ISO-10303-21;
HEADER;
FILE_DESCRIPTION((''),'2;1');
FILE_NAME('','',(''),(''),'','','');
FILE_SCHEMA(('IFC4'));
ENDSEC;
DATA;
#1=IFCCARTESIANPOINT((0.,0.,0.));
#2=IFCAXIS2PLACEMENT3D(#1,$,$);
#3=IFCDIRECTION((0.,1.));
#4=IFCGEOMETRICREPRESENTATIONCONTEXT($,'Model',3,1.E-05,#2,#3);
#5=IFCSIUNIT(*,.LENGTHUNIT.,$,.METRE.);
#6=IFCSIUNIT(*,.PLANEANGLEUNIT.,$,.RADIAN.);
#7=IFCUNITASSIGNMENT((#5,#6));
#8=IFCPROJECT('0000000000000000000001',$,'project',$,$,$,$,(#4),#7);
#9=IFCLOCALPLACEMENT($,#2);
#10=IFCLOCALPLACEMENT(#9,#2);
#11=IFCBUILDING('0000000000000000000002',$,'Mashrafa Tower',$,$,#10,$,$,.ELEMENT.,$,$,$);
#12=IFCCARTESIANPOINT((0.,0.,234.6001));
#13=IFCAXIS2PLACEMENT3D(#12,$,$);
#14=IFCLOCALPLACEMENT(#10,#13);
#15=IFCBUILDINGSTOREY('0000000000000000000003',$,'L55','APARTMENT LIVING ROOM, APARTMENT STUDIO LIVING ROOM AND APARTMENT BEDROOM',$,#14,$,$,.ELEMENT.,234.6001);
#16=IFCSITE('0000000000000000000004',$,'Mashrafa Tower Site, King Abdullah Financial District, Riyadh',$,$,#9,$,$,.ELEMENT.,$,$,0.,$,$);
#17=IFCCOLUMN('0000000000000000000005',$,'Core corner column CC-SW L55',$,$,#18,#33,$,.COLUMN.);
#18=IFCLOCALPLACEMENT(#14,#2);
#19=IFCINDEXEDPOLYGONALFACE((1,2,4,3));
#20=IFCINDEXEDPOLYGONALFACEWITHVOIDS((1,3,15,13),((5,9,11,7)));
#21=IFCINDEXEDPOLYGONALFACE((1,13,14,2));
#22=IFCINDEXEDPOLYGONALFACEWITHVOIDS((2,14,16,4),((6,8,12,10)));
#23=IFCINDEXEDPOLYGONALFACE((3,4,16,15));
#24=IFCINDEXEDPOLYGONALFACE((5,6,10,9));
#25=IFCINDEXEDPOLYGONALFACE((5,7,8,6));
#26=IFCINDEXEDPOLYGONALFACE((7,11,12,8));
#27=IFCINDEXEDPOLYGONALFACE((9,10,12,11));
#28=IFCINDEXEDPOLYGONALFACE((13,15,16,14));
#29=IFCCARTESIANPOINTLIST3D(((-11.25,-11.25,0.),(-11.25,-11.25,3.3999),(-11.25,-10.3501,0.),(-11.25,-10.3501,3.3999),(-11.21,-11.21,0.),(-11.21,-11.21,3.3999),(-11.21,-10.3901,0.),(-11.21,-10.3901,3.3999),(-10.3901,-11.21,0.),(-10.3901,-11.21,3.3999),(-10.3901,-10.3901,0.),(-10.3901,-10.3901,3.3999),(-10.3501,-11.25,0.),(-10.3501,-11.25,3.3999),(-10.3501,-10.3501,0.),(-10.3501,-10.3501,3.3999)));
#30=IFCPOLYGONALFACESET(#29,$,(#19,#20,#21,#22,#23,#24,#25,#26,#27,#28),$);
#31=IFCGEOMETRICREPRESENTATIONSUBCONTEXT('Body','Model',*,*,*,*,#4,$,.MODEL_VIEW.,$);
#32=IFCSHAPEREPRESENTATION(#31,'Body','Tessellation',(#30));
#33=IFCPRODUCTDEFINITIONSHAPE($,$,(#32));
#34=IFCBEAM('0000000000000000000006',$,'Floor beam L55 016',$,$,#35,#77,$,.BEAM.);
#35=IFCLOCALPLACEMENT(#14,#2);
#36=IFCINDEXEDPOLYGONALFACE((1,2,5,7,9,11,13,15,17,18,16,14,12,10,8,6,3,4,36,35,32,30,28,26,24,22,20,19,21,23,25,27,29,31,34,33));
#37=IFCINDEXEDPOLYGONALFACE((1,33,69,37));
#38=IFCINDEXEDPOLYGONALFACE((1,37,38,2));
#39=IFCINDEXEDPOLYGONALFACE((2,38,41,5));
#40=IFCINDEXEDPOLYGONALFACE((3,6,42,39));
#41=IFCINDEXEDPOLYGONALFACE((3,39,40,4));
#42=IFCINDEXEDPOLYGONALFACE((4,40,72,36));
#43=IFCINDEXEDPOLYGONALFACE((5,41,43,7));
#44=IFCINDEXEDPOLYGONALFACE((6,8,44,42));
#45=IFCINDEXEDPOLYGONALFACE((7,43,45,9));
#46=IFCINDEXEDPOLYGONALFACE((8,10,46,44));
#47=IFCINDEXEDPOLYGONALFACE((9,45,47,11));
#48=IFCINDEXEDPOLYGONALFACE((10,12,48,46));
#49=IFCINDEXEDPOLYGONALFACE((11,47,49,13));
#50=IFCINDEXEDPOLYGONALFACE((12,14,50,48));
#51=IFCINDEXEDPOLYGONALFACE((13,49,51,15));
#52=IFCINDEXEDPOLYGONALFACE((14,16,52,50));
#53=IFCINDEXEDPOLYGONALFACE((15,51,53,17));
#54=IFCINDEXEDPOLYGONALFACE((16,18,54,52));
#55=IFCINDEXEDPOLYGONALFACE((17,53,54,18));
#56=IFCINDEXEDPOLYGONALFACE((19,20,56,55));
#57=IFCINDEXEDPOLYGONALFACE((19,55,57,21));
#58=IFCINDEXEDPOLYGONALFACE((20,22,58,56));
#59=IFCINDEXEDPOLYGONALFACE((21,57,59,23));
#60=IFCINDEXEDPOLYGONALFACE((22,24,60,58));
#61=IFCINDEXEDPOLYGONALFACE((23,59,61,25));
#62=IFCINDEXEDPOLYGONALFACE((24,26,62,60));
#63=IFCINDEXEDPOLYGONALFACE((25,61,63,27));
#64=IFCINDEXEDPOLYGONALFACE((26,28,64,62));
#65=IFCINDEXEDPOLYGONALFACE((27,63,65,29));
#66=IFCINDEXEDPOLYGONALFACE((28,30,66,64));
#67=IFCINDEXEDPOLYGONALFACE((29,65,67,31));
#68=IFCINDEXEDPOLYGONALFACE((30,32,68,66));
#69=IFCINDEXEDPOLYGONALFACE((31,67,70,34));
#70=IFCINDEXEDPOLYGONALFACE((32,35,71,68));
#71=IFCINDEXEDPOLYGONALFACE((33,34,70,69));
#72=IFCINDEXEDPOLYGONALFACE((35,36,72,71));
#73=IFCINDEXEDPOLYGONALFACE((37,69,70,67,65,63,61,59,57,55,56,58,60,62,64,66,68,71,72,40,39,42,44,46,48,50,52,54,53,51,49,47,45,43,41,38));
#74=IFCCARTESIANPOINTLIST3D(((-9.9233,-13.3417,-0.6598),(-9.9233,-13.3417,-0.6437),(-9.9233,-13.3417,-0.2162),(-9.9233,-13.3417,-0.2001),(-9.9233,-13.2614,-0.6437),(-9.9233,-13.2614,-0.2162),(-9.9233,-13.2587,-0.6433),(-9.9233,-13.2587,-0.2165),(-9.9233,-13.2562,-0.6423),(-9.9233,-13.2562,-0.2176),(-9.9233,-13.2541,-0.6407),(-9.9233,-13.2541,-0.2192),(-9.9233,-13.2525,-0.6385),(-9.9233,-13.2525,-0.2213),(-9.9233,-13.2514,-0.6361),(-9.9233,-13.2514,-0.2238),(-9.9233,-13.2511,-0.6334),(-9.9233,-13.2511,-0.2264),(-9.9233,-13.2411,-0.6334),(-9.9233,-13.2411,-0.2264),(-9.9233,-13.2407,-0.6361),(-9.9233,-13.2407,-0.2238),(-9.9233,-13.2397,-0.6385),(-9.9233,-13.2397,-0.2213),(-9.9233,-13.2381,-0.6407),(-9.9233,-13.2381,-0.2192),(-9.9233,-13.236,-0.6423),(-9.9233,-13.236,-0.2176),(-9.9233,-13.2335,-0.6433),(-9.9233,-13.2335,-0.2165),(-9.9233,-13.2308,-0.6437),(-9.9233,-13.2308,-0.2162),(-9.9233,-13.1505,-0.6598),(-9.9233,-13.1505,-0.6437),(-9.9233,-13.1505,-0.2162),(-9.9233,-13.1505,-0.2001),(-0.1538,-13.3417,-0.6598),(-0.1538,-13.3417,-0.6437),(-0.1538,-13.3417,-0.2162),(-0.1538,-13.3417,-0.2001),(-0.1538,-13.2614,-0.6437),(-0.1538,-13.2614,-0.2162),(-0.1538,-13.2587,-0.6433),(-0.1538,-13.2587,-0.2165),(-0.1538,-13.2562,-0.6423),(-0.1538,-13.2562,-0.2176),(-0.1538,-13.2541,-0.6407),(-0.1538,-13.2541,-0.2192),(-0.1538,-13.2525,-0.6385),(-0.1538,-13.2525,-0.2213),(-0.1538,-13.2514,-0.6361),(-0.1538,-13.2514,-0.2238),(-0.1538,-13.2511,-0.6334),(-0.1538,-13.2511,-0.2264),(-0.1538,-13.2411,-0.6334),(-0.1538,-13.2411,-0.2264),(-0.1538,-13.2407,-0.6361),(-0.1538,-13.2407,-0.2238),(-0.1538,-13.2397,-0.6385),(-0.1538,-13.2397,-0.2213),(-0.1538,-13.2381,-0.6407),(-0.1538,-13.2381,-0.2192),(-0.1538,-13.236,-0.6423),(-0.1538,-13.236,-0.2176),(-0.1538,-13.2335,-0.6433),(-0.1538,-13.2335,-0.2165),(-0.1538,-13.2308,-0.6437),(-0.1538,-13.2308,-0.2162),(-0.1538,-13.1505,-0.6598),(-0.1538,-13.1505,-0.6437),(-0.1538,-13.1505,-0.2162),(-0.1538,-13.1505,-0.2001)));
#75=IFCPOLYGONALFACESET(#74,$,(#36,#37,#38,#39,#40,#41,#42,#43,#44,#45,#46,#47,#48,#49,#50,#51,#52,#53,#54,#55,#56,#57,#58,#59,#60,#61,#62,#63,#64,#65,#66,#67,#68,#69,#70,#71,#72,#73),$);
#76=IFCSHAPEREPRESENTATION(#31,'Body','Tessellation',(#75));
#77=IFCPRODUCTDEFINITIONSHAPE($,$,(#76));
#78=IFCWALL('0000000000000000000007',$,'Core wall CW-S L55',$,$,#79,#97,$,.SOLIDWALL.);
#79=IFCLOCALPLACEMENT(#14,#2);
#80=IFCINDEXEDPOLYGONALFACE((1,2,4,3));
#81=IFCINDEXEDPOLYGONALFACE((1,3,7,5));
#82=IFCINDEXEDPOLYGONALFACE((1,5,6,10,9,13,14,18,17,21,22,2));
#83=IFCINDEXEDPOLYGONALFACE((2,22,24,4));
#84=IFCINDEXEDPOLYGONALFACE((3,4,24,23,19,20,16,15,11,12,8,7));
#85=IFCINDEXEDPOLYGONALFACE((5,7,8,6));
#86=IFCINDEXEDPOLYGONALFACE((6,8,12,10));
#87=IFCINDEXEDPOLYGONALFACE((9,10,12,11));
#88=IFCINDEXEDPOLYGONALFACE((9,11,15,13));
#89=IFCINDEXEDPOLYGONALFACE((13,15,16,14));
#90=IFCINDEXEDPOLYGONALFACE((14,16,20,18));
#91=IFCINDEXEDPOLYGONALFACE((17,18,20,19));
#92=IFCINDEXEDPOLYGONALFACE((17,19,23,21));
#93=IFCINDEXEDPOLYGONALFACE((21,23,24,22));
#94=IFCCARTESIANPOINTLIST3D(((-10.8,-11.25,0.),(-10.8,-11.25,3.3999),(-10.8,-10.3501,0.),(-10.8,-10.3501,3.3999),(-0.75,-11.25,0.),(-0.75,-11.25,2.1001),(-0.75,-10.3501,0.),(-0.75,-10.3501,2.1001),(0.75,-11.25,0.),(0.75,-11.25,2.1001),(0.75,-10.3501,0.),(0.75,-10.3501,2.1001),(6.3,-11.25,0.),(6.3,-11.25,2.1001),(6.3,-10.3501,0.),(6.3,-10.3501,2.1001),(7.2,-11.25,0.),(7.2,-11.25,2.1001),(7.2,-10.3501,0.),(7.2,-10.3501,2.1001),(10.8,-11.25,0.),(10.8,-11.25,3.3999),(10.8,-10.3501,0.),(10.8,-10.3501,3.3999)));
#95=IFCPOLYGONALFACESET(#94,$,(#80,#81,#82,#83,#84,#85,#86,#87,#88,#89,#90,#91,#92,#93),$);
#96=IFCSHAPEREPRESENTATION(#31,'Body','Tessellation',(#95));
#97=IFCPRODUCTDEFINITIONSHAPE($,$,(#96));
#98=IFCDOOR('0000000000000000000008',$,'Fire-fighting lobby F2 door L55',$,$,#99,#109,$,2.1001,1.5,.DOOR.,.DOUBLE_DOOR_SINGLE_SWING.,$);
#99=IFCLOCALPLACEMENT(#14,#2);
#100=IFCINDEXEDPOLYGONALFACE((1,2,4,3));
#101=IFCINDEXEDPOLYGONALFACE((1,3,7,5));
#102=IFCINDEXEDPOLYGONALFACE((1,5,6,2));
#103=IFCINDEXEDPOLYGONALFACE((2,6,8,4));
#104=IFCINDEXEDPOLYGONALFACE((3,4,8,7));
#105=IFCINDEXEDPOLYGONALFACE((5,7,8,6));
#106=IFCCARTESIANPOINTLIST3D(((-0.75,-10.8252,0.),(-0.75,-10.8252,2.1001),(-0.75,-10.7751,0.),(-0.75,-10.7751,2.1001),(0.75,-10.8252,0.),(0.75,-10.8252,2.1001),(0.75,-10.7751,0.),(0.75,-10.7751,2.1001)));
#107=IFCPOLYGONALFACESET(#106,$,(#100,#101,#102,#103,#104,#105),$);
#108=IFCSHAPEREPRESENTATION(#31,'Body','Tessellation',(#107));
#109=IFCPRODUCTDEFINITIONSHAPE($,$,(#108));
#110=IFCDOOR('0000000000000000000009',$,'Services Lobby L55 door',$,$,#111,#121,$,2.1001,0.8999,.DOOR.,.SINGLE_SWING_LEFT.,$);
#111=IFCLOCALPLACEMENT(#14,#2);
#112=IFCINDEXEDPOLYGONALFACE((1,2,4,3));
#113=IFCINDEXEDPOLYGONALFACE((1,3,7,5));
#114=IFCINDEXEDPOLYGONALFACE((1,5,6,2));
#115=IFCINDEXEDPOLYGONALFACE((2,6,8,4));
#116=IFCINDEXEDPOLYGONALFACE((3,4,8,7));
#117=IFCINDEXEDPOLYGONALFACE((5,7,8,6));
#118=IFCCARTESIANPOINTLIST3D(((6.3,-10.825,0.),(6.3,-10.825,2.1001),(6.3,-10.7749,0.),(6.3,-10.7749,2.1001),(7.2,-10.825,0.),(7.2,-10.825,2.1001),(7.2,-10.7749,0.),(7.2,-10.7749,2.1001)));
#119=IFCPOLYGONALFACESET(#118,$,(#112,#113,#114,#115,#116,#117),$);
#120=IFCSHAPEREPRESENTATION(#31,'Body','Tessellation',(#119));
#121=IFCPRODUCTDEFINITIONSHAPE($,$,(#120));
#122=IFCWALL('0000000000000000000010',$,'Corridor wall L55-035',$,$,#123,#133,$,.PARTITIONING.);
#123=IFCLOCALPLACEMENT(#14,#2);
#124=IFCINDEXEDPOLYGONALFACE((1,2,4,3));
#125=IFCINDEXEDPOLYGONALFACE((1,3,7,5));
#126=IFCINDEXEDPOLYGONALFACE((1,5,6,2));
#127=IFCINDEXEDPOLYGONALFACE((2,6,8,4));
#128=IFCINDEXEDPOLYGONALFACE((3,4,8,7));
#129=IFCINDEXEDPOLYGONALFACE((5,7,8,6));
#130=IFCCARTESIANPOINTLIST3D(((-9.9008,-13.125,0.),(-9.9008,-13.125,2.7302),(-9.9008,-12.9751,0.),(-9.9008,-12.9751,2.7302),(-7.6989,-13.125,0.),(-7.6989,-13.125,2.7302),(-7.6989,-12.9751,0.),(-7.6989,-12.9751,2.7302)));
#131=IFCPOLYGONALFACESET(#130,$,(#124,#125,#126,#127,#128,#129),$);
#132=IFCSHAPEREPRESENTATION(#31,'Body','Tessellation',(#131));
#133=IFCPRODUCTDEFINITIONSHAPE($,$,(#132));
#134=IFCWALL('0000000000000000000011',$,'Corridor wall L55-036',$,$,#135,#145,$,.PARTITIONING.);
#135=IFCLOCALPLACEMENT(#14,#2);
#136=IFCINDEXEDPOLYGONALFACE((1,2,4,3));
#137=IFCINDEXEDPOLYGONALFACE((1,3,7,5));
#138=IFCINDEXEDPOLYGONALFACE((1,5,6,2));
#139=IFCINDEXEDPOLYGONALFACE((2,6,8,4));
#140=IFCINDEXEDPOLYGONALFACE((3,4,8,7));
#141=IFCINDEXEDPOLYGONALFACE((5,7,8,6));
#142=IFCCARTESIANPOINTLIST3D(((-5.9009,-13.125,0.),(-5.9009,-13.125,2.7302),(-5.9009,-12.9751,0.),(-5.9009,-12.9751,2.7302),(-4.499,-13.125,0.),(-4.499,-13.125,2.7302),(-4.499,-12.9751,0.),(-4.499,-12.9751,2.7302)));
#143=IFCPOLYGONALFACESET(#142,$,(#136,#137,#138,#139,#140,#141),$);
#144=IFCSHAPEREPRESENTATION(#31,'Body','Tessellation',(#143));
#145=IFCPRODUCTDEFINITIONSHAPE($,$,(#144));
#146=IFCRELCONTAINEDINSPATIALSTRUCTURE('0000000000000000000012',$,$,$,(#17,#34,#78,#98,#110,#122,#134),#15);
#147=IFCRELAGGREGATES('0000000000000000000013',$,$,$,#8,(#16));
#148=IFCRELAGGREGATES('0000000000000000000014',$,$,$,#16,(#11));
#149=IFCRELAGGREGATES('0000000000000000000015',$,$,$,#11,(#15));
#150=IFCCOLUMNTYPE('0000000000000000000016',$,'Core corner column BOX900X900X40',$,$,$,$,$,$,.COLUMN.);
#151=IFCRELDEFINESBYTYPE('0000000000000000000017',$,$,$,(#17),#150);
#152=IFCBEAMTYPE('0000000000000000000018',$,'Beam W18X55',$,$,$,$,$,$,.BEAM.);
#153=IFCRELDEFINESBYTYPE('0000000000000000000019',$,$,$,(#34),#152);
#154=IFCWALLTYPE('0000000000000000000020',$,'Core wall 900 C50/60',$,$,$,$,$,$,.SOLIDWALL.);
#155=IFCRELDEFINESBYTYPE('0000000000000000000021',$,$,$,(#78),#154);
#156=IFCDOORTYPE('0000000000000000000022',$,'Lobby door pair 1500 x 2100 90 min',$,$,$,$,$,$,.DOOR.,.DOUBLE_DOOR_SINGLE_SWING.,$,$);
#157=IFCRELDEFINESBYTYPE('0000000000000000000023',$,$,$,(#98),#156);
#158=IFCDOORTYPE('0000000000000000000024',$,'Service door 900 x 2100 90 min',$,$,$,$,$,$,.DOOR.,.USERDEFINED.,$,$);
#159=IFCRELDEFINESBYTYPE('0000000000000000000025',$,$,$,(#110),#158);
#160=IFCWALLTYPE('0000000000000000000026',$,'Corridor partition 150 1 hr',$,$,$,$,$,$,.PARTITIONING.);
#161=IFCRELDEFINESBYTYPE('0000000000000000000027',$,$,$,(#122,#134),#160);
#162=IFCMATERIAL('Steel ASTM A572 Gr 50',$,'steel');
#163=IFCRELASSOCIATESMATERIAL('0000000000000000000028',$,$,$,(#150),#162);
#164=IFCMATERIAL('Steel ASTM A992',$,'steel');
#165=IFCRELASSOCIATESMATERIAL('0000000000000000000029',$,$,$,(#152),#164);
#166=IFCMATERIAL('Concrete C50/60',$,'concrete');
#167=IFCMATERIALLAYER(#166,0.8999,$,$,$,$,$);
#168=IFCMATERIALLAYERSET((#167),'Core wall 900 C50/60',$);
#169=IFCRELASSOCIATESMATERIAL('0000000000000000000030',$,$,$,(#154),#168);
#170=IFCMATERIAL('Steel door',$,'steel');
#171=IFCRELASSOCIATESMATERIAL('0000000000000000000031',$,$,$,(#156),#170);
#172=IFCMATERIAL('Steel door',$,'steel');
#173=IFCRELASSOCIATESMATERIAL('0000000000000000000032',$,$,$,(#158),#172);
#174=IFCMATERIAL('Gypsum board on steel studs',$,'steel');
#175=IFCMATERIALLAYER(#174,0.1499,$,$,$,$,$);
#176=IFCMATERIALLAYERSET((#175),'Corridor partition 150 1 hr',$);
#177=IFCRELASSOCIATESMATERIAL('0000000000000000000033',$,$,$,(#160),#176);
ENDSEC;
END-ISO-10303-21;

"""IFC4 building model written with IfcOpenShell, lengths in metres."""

from ifc_helpers import new_model, si_unit, direction, frame, frame_2d, origin, origin_2d, place, context, subcontext, project, spatial, rectangle, hollow_rectangle, i_section, extrude, material, layer, layer_set, material_profile, profile_set, type_object, element, fill, save


model = new_model("IFC4")

# Units and contexts
model_context = context("Model", 3, precision=1e-05, world=origin(), true_north=direction((0.0, 1.0)))
body_context = subcontext(model_context, "Body", "Model", "MODEL_VIEW")
ifc_project = project(units=[si_unit("LENGTHUNIT", "METRE"), si_unit("PLANEANGLEUNIT", "RADIAN")], contexts=[model_context])

# Site, building, storey
site_placement = place(None, origin())
site = spatial("IfcSite", under=ifc_project, at=site_placement, Name="Mashrafa Tower Site, King Abdullah Financial District, Riyadh", CompositionType="ELEMENT", RefElevation=0.0)
building_placement = place(site_placement, origin())
building = spatial("IfcBuilding", under=site, at=building_placement, Name="Mashrafa Tower", CompositionType="ELEMENT")
storey_placement = place(building_placement, frame((0.0, 0.0, 234.6001)))
storey = spatial("IfcBuildingStorey", under=building, at=storey_placement, Name="L55", Description="APARTMENT LIVING ROOM, APARTMENT STUDIO LIVING ROOM AND APARTMENT BEDROOM", CompositionType="ELEMENT", Elevation=234.6001)

# Column
ifc_material_1 = material(Name="Steel ASTM A572 Gr 50", Category="steel")
ifc_material_profile_1 = material_profile(ifc_material_1, hollow_rectangle(XDim=0.8999, YDim=0.8999, WallThickness=0.04, at=origin_2d()), Name="BOX900X900X40")
ifc_profile_set_1 = profile_set([ifc_material_profile_1], Name="Steel ASTM A572 Gr 50")
column_type = type_object("IfcColumnType", Name="Core corner column BOX900X900X40", PredefinedType="COLUMN", material=ifc_profile_set_1)
column_placement = place(storey_placement, frame((-10.8, -10.8, 0.0), z_axis=(0.0, 0.0, 1.0), x_axis=(1.0, 0.0, 0.0)))
element("IfcColumn", 1, at=column_placement, inside=storey, type_object=column_type, Name="Core corner column CC-SW L55", PredefinedType="COLUMN", context=body_context, shape_type="SweptSolid", body=[
    extrude(hollow_rectangle(XDim=0.8999, YDim=0.8999, WallThickness=0.04, at=origin_2d()), origin(), (0.0, 0.0, 1.0), 3.3999),
])

# Beam
ifc_material_2 = material(Name="Steel ASTM A992", Category="steel")
ifc_material_profile_2 = material_profile(ifc_material_2, i_section(OverallWidth=0.1912, OverallDepth=0.4597, WebThickness=0.01, FlangeThickness=0.0161, FilletRadius=0.0103, at=origin_2d()), Name="W18X55")
ifc_profile_set_2 = profile_set([ifc_material_profile_2], Name="Steel ASTM A992")
beam_type = type_object("IfcBeamType", Name="Beam W18X55", PredefinedType="BEAM", material=ifc_profile_set_2)
beam_placement = place(storey_placement, frame((-0.1538, -13.2461, -0.4299), z_axis=(-1.0, 0.0, 0.0), x_axis=(0.0, -1.0, 0.0)))
element("IfcBeam", 2, at=beam_placement, inside=storey, type_object=beam_type, Name="Floor beam L55 016", PredefinedType="BEAM", context=body_context, shape_type="SweptSolid", body=[
    extrude(i_section(OverallWidth=0.1912, OverallDepth=0.4597, WebThickness=0.01, FlangeThickness=0.0161, FilletRadius=0.0103, at=origin_2d()), origin(), (0.0, 0.0, 1.0), 9.7695),
])

# Wall, openings, doors
ifc_material_3 = material(Name="Concrete C50/60", Category="concrete")
ifc_layer_1 = layer(ifc_material_3, 0.8999)
ifc_layer_set_1 = layer_set([ifc_layer_1], Name="Core wall 900 C50/60")
wall_type_1 = type_object("IfcWallType", Name="Core wall 900 C50/60", PredefinedType="SOLIDWALL", material=ifc_layer_set_1)
wall_1_placement = place(storey_placement, frame((-10.8, -10.8, 0.0), z_axis=(0.0, 0.0, 1.0), x_axis=(1.0, 0.0, 0.0)))
wall_1 = element("IfcWall", 3, at=wall_1_placement, inside=storey, type_object=wall_type_1, Name="Core wall CW-S L55", PredefinedType="SOLIDWALL", context=body_context, shape_type="SweptSolid", body=[
    extrude(rectangle(XDim=21.6001, YDim=0.8999, at=frame_2d((10.8, 0.0))), origin(), (0.0, 0.0, 1.0), 3.3999),
])
opening_1_placement = place(wall_1_placement, frame((10.05, 0.0, 0.0)))
opening_1 = element("IfcOpeningElement", 4, at=opening_1_placement, cuts=wall_1, PredefinedType="OPENING", context=body_context, shape_type="SweptSolid", body=[
    extrude(rectangle(XDim=1.5, YDim=2.1001, at=frame_2d((0.75, 1.05))), frame((0.0, 0.46, 0.0), z_axis=(0.0, -1.0, 0.0), x_axis=(1.0, 0.0, 0.0)), (0.0, 0.0, 1.0), 0.9199),
])
opening_2_placement = place(wall_1_placement, frame((17.1001, 0.0, 0.0)))
opening_2 = element("IfcOpeningElement", 5, at=opening_2_placement, cuts=wall_1, PredefinedType="OPENING", context=body_context, shape_type="SweptSolid", body=[
    extrude(rectangle(XDim=0.8999, YDim=2.1001, at=frame_2d((0.45, 1.05))), frame((0.0, 0.46, 0.0), z_axis=(0.0, -1.0, 0.0), x_axis=(1.0, 0.0, 0.0)), (0.0, 0.0, 1.0), 0.9199),
])
ifc_material_4 = material(Name="Steel door", Category="steel")
door_type_1 = type_object("IfcDoorType", Name="Lobby door pair 1500 x 2100 90 min", OperationType="DOUBLE_DOOR_SINGLE_SWING", PredefinedType="DOOR", material=ifc_material_4)
door_1_placement = place(opening_1_placement, origin())
door_1 = element("IfcDoor", 6, at=door_1_placement, inside=storey, type_object=door_type_1, Name="Fire-fighting lobby F2 door L55", OperationType="DOUBLE_DOOR_SINGLE_SWING", OverallHeight=2.1001, OverallWidth=1.5, PredefinedType="DOOR", context=body_context, shape_type="SweptSolid", body=[
    extrude(rectangle(XDim=1.5, YDim=2.1001, at=frame_2d((0.75, 1.05))), frame((0.0, 0.0249, 0.0), z_axis=(0.0, -1.0, 0.0), x_axis=(1.0, 0.0, 0.0)), (0.0, 0.0, 1.0), 0.05),
])
fill(opening_1, door_1)
ifc_material_5 = material(Name="Steel door", Category="steel")
door_type_2 = type_object("IfcDoorType", Name="Service door 900 x 2100 90 min", OperationType="USERDEFINED", PredefinedType="DOOR", material=ifc_material_5)
door_2_placement = place(opening_2_placement, frame((0.8999, 0.0, 0.0), z_axis=(0.0, 0.0, 1.0), x_axis=(-1.0, 0.0, 0.0)))
door_2 = element("IfcDoor", 7, at=door_2_placement, inside=storey, type_object=door_type_2, Name="Services Lobby L55 door", OperationType="SINGLE_SWING_LEFT", OverallHeight=2.1001, OverallWidth=0.8999, PredefinedType="DOOR", context=body_context, shape_type="SweptSolid", body=[
    extrude(rectangle(XDim=0.8999, YDim=2.1001, at=frame_2d((0.45, 1.05))), frame((0.0, 0.0249, 0.0), z_axis=(0.0, -1.0, 0.0), x_axis=(1.0, 0.0, 0.0)), (0.0, 0.0, 1.0), 0.05),
])
fill(opening_2, door_2)

# Walls
ifc_material_6 = material(Name="Gypsum board on steel studs", Category="steel")
ifc_layer_2 = layer(ifc_material_6, 0.1499)
ifc_layer_set_2 = layer_set([ifc_layer_2], Name="Corridor partition 150 1 hr")
wall_type_2 = type_object("IfcWallType", Name="Corridor partition 150 1 hr", PredefinedType="PARTITIONING", material=ifc_layer_set_2)
wall_2_placement = place(storey_placement, frame((-9.9009, -13.05, 0.0), z_axis=(0.0, 0.0, 1.0), x_axis=(1.0, 0.0, 0.0)))
element("IfcWall", 8, at=wall_2_placement, inside=storey, type_object=wall_type_2, Name="Corridor wall L55-035", PredefinedType="PARTITIONING", context=body_context, shape_type="SweptSolid", body=[
    extrude(rectangle(XDim=2.2019, YDim=0.1499, at=frame_2d((1.1011, 0.0))), origin(), (0.0, 0.0, 1.0), 2.7302),
])
wall_3_placement = place(storey_placement, frame((-5.9009, -13.05, 0.0), z_axis=(0.0, 0.0, 1.0), x_axis=(1.0, 0.0, 0.0)))
element("IfcWall", 9, at=wall_3_placement, inside=storey, type_object=wall_type_2, Name="Corridor wall L55-036", PredefinedType="PARTITIONING", context=body_context, shape_type="SweptSolid", body=[
    extrude(rectangle(XDim=1.4019, YDim=0.1499, at=frame_2d((0.7009, 0.0))), origin(), (0.0, 0.0, 1.0), 2.7302),
])

save(model, "model.ifc")
